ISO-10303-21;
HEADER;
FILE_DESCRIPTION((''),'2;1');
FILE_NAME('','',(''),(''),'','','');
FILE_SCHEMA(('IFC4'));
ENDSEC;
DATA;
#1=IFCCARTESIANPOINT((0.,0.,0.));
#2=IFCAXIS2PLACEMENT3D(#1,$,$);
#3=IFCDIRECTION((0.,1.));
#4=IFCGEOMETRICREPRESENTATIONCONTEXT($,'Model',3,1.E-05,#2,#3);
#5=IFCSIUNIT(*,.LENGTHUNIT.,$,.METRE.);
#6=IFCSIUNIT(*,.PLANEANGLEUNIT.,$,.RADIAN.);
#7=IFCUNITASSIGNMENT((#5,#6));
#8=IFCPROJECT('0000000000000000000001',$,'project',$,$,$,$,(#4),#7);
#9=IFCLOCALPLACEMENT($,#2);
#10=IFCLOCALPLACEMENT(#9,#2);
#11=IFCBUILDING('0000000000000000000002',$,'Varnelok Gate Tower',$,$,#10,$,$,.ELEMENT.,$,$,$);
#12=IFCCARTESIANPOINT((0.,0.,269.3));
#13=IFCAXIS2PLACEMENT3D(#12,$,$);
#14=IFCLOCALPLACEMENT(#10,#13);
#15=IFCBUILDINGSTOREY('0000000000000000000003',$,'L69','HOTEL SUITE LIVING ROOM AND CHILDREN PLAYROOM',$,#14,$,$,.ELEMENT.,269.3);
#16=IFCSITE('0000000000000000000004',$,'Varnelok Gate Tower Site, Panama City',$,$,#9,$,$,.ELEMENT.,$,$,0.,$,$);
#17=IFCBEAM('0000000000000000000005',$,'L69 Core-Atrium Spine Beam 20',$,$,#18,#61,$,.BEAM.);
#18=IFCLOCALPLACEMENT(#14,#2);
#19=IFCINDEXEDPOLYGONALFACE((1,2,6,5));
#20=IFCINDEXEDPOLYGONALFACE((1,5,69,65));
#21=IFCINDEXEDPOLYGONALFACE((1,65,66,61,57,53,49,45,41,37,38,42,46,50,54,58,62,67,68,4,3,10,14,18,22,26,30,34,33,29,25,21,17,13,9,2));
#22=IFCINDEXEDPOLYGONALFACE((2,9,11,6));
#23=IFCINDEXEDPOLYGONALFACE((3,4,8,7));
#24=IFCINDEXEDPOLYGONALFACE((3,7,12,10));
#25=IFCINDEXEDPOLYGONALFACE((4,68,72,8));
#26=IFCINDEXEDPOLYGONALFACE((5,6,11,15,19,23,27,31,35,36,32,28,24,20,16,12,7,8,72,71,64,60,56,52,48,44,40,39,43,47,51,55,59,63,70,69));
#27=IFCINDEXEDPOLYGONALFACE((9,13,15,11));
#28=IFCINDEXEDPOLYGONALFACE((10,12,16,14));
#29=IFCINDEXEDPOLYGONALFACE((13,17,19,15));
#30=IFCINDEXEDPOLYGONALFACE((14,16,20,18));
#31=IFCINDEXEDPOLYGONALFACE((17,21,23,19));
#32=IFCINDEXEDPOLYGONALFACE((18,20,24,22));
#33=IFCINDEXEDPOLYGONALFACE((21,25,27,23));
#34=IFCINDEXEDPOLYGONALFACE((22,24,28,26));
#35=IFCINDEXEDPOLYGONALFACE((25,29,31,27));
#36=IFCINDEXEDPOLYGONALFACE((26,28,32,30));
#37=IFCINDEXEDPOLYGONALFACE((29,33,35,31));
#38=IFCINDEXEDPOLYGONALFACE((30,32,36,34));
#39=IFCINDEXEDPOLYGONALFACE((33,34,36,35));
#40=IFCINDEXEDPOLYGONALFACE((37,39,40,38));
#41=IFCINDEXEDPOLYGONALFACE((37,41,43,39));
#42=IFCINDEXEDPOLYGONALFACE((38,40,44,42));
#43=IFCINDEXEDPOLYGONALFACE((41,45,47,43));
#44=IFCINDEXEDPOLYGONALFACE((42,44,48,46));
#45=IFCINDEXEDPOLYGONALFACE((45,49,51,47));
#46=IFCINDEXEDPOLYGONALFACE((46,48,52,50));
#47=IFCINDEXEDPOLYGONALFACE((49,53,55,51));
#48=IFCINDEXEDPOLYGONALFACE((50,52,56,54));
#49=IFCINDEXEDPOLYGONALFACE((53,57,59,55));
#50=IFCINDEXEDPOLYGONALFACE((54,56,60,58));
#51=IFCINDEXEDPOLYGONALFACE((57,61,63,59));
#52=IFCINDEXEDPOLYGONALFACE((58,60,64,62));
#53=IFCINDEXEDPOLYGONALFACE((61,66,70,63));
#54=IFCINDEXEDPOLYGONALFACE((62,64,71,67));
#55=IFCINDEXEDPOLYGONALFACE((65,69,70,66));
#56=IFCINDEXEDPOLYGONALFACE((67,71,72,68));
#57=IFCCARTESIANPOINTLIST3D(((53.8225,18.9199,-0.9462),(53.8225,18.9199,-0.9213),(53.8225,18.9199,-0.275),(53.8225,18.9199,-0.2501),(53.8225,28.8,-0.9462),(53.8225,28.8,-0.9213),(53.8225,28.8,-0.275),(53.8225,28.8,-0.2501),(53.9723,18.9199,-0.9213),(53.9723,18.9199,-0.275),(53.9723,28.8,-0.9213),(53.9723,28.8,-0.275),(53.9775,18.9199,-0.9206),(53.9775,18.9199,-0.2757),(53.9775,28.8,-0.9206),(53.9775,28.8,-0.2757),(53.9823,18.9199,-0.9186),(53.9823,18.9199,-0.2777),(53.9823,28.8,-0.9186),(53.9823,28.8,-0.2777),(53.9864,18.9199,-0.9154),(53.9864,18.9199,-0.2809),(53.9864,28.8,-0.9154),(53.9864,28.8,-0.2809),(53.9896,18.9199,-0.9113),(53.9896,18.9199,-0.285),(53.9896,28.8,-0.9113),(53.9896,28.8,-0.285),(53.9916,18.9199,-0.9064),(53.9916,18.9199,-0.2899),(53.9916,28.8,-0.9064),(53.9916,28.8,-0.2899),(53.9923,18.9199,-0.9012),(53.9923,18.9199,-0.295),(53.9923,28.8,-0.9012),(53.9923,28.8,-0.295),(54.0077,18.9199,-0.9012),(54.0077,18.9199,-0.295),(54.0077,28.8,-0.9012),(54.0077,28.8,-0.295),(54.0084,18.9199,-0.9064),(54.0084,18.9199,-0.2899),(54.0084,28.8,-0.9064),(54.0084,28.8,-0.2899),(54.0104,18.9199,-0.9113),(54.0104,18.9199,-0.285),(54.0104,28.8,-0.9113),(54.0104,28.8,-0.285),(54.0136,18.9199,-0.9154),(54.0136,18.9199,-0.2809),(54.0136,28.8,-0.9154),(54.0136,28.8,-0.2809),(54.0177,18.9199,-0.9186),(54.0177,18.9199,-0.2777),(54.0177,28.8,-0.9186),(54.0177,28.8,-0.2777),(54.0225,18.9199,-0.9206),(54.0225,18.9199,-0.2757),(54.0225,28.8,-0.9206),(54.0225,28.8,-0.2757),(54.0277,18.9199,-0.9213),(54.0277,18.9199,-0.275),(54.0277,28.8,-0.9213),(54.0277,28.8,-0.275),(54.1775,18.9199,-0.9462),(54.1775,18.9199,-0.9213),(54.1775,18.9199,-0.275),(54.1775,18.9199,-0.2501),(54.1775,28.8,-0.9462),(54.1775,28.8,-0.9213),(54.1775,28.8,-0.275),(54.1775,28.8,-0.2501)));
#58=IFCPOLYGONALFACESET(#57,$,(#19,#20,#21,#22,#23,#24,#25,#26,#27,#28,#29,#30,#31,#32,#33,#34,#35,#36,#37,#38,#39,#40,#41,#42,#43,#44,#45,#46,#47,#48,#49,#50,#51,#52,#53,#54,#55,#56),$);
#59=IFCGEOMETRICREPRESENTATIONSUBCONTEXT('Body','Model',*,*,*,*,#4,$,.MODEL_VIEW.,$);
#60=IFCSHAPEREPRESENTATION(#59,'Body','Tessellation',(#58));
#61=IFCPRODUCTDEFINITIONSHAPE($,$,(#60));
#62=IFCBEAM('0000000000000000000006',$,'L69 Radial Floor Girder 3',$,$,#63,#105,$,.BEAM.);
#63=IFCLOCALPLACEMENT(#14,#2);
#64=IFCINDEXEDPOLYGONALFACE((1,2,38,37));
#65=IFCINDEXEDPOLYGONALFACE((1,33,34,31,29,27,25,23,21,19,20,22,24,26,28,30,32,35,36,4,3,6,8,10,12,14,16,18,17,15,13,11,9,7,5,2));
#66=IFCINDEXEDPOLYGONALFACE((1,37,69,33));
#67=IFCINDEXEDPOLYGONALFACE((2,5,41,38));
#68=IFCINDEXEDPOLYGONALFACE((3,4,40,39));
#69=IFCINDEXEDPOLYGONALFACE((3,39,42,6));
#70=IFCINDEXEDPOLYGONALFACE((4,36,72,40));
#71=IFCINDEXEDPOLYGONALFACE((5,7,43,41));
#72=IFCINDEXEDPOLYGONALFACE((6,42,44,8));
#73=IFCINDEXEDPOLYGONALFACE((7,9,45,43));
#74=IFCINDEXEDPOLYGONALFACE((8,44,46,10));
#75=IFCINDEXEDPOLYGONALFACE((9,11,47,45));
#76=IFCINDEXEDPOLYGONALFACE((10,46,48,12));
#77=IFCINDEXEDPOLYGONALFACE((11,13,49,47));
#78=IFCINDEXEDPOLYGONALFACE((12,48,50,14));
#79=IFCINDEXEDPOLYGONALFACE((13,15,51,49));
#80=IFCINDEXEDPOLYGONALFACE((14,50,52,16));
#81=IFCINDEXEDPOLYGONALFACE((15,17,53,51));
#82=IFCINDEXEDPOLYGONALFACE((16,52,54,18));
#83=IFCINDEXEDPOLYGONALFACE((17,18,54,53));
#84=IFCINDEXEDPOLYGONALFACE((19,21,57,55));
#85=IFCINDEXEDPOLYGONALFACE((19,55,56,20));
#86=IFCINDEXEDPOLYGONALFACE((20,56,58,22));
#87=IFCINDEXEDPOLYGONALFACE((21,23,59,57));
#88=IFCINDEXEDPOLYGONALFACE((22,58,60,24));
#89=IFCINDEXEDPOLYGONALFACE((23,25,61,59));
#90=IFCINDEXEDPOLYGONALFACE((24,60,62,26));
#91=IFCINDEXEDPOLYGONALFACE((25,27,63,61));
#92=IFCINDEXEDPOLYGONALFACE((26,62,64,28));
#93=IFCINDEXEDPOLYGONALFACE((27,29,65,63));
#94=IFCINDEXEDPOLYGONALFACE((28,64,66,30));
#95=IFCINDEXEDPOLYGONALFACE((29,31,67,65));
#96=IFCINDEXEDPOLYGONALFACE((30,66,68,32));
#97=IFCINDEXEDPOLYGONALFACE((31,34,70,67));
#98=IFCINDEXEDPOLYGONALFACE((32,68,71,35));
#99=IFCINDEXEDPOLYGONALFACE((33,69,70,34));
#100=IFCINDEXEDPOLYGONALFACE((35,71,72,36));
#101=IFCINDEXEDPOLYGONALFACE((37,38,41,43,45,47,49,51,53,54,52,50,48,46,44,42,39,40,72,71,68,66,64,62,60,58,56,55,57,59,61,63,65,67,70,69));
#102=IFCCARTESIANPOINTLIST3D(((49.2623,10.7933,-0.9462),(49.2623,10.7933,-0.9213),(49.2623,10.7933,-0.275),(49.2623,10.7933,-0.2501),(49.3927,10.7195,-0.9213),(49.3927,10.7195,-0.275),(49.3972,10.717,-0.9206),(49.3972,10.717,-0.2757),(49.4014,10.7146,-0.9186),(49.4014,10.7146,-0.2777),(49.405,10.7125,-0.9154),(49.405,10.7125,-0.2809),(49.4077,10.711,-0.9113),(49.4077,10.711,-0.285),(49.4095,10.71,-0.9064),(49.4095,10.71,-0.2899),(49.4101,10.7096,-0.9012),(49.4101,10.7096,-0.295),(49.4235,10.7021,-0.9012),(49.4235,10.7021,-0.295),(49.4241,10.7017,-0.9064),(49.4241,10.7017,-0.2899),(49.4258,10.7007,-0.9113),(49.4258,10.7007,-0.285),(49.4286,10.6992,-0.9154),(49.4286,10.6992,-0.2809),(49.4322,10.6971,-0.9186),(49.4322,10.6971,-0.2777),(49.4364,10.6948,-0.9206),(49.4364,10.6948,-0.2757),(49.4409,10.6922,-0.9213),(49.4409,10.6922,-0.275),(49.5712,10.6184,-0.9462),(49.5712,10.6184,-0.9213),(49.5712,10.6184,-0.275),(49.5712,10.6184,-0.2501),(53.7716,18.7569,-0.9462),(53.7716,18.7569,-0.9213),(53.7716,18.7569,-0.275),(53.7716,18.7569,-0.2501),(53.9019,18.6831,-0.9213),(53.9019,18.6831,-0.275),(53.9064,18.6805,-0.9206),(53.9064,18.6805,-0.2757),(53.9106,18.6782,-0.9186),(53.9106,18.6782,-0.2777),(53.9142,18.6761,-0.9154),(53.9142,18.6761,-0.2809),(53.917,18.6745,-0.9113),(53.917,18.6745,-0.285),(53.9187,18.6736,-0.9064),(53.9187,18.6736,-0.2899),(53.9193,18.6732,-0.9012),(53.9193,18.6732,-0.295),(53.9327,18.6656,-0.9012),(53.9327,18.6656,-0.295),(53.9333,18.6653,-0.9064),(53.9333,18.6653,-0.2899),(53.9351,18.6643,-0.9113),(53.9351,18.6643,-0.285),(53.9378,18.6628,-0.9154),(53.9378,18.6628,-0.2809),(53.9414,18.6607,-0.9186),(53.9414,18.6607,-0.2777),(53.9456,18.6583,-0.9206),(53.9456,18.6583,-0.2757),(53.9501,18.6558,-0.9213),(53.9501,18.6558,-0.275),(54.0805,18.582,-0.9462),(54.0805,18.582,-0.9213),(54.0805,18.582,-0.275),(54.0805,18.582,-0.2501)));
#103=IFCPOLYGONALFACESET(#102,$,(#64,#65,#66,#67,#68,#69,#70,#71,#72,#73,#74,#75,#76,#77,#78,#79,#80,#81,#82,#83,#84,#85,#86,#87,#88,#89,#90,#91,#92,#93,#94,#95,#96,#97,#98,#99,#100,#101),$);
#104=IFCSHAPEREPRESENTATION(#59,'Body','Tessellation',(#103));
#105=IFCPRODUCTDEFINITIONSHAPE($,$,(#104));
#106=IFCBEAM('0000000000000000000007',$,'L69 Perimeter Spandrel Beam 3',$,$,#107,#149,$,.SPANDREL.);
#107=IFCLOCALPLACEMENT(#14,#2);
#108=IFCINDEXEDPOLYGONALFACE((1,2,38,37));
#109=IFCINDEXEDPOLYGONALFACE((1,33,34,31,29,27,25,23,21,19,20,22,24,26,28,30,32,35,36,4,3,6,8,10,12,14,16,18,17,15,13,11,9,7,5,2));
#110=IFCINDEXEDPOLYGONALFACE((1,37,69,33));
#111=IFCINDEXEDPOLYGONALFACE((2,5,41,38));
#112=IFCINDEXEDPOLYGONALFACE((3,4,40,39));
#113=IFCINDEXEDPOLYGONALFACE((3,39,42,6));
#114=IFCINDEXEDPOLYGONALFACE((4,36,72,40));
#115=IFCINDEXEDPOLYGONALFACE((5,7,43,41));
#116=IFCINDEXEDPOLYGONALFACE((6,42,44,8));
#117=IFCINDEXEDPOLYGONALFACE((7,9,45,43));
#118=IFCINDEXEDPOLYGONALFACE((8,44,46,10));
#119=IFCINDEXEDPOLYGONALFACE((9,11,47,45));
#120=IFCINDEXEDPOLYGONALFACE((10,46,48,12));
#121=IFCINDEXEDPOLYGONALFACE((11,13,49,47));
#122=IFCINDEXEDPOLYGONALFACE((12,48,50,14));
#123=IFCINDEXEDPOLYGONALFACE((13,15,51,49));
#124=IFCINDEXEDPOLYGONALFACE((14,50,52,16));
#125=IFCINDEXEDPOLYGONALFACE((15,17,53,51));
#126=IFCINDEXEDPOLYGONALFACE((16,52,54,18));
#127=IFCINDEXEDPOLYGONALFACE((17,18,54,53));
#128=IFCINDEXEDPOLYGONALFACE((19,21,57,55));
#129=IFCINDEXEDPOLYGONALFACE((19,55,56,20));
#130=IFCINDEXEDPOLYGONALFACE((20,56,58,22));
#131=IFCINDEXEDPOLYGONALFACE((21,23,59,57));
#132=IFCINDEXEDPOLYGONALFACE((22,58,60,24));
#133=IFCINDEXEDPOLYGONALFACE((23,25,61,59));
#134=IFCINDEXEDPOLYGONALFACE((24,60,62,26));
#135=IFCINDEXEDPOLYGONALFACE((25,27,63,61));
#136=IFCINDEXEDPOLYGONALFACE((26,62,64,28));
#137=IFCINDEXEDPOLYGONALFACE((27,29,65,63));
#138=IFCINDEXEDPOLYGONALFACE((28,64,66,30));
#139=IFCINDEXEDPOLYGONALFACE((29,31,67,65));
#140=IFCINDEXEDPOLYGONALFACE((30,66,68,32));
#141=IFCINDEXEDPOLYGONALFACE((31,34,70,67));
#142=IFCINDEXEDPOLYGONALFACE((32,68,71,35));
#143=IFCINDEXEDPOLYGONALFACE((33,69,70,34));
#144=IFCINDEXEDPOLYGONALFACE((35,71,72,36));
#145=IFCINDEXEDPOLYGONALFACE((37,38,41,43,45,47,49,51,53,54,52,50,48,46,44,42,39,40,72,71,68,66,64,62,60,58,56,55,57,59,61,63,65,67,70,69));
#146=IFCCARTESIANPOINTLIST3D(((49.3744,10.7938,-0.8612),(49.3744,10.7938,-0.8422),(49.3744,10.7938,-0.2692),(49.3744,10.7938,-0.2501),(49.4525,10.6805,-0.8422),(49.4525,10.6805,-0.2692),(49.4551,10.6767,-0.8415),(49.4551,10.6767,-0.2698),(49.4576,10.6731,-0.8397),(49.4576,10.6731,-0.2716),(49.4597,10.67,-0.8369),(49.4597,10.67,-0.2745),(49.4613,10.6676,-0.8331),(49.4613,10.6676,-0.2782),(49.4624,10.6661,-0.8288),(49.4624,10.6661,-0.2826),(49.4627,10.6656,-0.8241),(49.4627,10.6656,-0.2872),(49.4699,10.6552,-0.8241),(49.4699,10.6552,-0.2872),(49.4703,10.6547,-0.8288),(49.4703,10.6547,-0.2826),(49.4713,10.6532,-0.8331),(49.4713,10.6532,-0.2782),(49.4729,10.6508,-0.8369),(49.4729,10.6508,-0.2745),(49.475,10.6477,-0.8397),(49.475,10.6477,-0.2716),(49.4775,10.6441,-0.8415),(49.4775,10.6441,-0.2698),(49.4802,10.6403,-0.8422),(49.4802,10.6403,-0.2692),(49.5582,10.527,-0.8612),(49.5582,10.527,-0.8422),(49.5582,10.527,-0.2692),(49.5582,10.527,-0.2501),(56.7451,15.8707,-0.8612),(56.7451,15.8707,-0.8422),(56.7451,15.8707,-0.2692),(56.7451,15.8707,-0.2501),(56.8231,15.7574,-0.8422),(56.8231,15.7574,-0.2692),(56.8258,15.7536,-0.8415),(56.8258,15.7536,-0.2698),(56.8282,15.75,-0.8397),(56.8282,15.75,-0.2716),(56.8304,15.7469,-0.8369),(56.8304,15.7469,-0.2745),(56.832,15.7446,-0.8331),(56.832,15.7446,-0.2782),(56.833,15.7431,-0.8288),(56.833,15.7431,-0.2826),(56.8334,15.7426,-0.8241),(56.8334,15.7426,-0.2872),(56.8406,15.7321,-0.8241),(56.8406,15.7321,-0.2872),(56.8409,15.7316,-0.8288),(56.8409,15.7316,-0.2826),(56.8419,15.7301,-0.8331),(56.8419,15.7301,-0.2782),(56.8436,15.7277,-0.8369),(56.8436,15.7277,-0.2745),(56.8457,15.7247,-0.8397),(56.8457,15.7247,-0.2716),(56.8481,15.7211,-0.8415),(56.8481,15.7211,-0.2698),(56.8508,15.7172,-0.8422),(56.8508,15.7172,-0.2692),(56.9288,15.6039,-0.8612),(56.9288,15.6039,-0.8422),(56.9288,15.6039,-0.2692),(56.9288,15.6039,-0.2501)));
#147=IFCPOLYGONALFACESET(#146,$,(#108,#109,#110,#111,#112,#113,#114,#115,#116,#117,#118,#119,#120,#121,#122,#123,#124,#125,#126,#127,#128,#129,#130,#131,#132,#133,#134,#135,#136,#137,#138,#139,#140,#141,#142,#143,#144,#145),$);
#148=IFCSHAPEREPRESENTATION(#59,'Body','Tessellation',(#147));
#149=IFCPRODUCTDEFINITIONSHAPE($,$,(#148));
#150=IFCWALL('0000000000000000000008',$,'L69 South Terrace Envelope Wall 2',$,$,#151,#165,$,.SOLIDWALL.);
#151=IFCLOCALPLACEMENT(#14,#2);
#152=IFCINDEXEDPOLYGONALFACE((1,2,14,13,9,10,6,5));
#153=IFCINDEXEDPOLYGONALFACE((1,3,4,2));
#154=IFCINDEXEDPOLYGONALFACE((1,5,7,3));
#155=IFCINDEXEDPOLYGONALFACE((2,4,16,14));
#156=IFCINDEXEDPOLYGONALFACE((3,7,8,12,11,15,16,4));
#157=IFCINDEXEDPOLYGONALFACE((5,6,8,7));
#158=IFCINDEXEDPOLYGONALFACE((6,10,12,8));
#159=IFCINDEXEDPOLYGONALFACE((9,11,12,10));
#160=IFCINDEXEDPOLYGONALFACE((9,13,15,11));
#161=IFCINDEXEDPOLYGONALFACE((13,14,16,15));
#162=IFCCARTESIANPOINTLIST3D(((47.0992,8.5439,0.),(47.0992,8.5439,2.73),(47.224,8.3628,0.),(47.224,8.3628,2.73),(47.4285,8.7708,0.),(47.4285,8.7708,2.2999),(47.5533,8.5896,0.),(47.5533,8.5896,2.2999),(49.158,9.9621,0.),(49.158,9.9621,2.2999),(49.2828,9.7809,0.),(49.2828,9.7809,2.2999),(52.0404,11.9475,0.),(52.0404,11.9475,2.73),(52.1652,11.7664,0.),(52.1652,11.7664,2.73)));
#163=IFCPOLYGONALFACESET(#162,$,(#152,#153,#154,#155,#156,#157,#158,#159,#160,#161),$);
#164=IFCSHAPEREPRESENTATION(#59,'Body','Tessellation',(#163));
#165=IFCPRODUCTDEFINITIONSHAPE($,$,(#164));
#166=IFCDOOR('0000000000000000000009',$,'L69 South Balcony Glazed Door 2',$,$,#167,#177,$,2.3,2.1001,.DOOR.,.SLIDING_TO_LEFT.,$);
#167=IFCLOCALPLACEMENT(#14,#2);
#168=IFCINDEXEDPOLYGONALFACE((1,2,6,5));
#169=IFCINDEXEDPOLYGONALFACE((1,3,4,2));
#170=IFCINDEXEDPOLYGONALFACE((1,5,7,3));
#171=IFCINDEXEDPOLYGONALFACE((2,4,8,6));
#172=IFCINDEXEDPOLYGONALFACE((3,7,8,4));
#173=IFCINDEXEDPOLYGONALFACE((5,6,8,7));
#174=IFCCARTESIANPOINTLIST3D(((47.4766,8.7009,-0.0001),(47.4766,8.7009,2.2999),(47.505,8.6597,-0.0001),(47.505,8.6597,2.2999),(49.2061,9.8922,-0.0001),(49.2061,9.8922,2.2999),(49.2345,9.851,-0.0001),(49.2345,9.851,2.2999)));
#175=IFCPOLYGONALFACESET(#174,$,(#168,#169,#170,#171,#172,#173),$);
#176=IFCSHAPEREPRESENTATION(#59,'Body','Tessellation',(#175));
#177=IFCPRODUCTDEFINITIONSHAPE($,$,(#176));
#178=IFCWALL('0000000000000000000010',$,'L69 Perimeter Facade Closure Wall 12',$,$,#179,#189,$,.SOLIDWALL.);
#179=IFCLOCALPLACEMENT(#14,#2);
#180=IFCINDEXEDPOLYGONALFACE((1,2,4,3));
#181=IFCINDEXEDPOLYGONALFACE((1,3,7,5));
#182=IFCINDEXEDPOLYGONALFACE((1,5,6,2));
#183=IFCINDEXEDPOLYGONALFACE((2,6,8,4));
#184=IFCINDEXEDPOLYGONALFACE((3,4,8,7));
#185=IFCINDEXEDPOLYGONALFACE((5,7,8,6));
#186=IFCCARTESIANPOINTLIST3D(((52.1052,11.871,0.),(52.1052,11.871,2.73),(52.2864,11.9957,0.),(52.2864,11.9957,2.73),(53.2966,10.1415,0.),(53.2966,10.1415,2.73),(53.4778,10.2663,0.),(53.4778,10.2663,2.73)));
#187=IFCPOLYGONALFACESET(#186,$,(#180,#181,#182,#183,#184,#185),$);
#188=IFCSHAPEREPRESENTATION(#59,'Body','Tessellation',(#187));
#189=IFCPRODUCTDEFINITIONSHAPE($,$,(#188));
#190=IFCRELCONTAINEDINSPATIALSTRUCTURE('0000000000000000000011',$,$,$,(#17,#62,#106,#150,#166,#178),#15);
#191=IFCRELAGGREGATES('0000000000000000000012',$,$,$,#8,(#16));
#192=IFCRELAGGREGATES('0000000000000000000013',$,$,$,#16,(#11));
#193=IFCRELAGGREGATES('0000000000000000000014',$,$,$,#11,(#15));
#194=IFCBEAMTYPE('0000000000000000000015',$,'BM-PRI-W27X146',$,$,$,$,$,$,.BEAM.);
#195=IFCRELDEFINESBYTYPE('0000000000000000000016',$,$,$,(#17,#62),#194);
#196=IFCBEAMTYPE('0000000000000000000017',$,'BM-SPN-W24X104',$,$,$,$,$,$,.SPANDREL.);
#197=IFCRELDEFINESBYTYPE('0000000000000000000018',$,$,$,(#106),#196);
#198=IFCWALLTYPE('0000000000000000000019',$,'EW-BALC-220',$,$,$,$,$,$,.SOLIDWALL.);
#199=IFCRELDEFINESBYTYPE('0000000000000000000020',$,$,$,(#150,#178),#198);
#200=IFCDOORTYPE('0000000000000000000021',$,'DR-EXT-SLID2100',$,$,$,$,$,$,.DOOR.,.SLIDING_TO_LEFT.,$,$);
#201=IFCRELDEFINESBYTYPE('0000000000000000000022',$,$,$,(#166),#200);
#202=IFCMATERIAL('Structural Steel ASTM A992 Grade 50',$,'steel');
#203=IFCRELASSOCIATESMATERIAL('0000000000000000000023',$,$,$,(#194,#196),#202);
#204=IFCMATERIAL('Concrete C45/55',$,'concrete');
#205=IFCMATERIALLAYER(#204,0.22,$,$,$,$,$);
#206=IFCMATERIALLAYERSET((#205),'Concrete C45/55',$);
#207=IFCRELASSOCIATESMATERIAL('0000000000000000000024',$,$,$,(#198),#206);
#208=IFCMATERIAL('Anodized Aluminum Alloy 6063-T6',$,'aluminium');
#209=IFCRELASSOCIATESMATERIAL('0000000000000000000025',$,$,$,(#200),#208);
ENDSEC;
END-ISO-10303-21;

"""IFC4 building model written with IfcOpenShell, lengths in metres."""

from ifc_helpers import new_model, si_unit, direction, frame, frame_2d, origin, origin_2d, place, context, subcontext, project, spatial, rectangle, i_section, extrude, material, layer, layer_set, material_profile, profile_set, type_object, element, fill, save


model = new_model("IFC4")

# Units and contexts
model_context = context("Model", 3, precision=1e-05, world=origin(), true_north=direction((0.0, 1.0)))
body_context = subcontext(model_context, "Body", "Model", "MODEL_VIEW")
ifc_project = project(units=[si_unit("LENGTHUNIT", "METRE"), si_unit("PLANEANGLEUNIT", "RADIAN")], contexts=[model_context])

# Site, building, storey
site_placement = place(None, origin())
site = spatial("IfcSite", under=ifc_project, at=site_placement, Name="Varnelok Gate Tower Site, Panama City", CompositionType="ELEMENT", RefElevation=0.0)
building_placement = place(site_placement, origin())
building = spatial("IfcBuilding", under=site, at=building_placement, Name="Varnelok Gate Tower", CompositionType="ELEMENT")
storey_placement = place(building_placement, frame((0.0, 0.0, 269.3)))
storey = spatial("IfcBuildingStorey", under=building, at=storey_placement, Name="L69", Description="HOTEL SUITE LIVING ROOM AND CHILDREN PLAYROOM", CompositionType="ELEMENT", Elevation=269.3)

# Shared definitions
ifc_material_1 = material(Name="Structural Steel ASTM A992 Grade 50", Category="steel")

# Beams
ifc_material_profile_1 = material_profile(ifc_material_1, i_section(OverallWidth=0.355, OverallDepth=0.696, WebThickness=0.0154, FlangeThickness=0.0249, FilletRadius=0.02, at=origin_2d()), Name="W27X146")
ifc_profile_set_1 = profile_set([ifc_material_profile_1], Name="Structural Steel ASTM A992 Grade 50")
beam_type_1 = type_object("IfcBeamType", Name="BM-PRI-W27X146", PredefinedType="BEAM", material=ifc_profile_set_1)
beam_1_placement = place(storey_placement, frame((54.0, 18.9199, -0.5981), z_axis=(0.0, 1.0, 0.0), x_axis=(-1.0, 0.0, 0.0)))
element("IfcBeam", 1, at=beam_1_placement, inside=storey, type_object=beam_type_1, Name="L69 Core-Atrium Spine Beam 20", PredefinedType="BEAM", context=body_context, shape_type="SweptSolid", body=[
    extrude(i_section(OverallWidth=0.355, OverallDepth=0.696, WebThickness=0.0154, FlangeThickness=0.0249, FilletRadius=0.02, at=origin_2d()), origin(), (0.0, 0.0, 1.0), 9.8801),
])
beam_2_placement = place(storey_placement, frame((53.926, 18.6694, -0.5981), z_axis=(-0.492728, -0.870183, 0.0), x_axis=(0.870183, -0.492728, 0.0)))
element("IfcBeam", 2, at=beam_2_placement, inside=storey, type_object=beam_type_1, Name="L69 Radial Floor Girder 3", PredefinedType="BEAM", context=body_context, shape_type="SweptSolid", body=[
    extrude(i_section(OverallWidth=0.355, OverallDepth=0.696, WebThickness=0.0154, FlangeThickness=0.0249, FilletRadius=0.02, at=origin_2d()), origin(), (0.0, 0.0, 1.0), 9.1516),
])
ifc_material_profile_2 = material_profile(ifc_material_1, i_section(OverallWidth=0.324, OverallDepth=0.6111, WebThickness=0.0127, FlangeThickness=0.019, FilletRadius=0.0181, at=origin_2d()), Name="W24X104")
ifc_profile_set_2 = profile_set([ifc_material_profile_2], Name="Structural Steel ASTM A992 Grade 50")
beam_type_2 = type_object("IfcBeamType", Name="BM-SPN-W24X104", PredefinedType="SPANDREL", material=ifc_profile_set_2)
beam_3_placement = place(storey_placement, frame((49.4663, 10.6604, -0.5557), z_axis=(0.82354, 0.567258, 0.0), x_axis=(-0.567258, 0.82354, 0.0)))
element("IfcBeam", 3, at=beam_3_placement, inside=storey, type_object=beam_type_2, Name="L69 Perimeter Spandrel Beam 3", PredefinedType="SPANDREL", context=body_context, shape_type="SweptSolid", body=[
    extrude(i_section(OverallWidth=0.324, OverallDepth=0.6111, WebThickness=0.0127, FlangeThickness=0.019, FilletRadius=0.0181, at=origin_2d()), origin(), (0.0, 0.0, 1.0), 8.95),
])

# Wall, opening, door
ifc_material_2 = material(Name="Concrete C45/55", Category="concrete")
ifc_layer_1 = layer(ifc_material_2, 0.22)
ifc_layer_set_1 = layer_set([ifc_layer_1], Name="Concrete C45/55")
wall_type_1 = type_object("IfcWallType", Name="EW-BALC-220", PredefinedType="SOLIDWALL", material=ifc_layer_set_1)
wall_1_placement = place(storey_placement, frame((52.1028, 11.8569, 0.0), z_axis=(0.0, 0.0, 1.0), x_axis=(-0.823535, -0.567266, 0.0)))
wall_1 = element("IfcWall", 4, at=wall_1_placement, inside=storey, type_object=wall_type_1, Name="L69 South Terrace Envelope Wall 2", PredefinedType="SOLIDWALL", context=body_context, shape_type="SweptSolid", body=[
    extrude(rectangle(XDim=6.0, YDim=0.22, at=frame_2d((3.0, 0.0))), origin(), (0.0, 0.0, 1.0), 2.73),
])
opening_1_placement = place(wall_1_placement, frame((3.5, 0.0, 0.0)))
opening_1 = element("IfcOpeningElement", 5, at=opening_1_placement, cuts=wall_1, PredefinedType="OPENING", context=body_context, shape_type="SweptSolid", body=[
    extrude(rectangle(XDim=2.1001, YDim=2.3, at=frame_2d((1.05, 1.1499))), frame((0.0, 0.1199, 0.0), z_axis=(0.0, -1.0, 0.0), x_axis=(1.0, 0.0, 0.0)), (0.0, 0.0, 1.0), 0.24),
])
ifc_material_3 = material(Name="Anodized Aluminum Alloy 6063-T6", Category="aluminium")
door_type_1 = type_object("IfcDoorType", Name="DR-EXT-SLID2100", OperationType="SLIDING_TO_LEFT", PredefinedType="DOOR", material=ifc_material_3)
door_1_placement = place(opening_1_placement, origin())
door_1 = element("IfcDoor", 6, at=door_1_placement, inside=storey, type_object=door_type_1, Name="L69 South Balcony Glazed Door 2", OperationType="SLIDING_TO_LEFT", OverallHeight=2.3, OverallWidth=2.1001, PredefinedType="DOOR", context=body_context, shape_type="SweptSolid", body=[
    extrude(rectangle(XDim=2.1001, YDim=2.3, at=frame_2d((1.05, 1.1499))), frame((0.0, 0.0249, 0.0), z_axis=(0.0, -1.0, 0.0), x_axis=(1.0, 0.0, 0.0)), (0.0, 0.0, 1.0), 0.05),
])
fill(opening_1, door_1)

# Wall
wall_2_placement = place(storey_placement, frame((52.1958, 11.9333, 0.0), z_axis=(0.0, 0.0, 1.0), x_axis=(0.567298, -0.823512, 0.0)))
element("IfcWall", 7, at=wall_2_placement, inside=storey, type_object=wall_type_1, Name="L69 Perimeter Facade Closure Wall 12", PredefinedType="SOLIDWALL", context=body_context, shape_type="SweptSolid", body=[
    extrude(rectangle(XDim=2.1001, YDim=0.22, at=frame_2d((1.05, 0.0))), origin(), (0.0, 0.0, 1.0), 2.73),
])

save(model, "model.ifc")
